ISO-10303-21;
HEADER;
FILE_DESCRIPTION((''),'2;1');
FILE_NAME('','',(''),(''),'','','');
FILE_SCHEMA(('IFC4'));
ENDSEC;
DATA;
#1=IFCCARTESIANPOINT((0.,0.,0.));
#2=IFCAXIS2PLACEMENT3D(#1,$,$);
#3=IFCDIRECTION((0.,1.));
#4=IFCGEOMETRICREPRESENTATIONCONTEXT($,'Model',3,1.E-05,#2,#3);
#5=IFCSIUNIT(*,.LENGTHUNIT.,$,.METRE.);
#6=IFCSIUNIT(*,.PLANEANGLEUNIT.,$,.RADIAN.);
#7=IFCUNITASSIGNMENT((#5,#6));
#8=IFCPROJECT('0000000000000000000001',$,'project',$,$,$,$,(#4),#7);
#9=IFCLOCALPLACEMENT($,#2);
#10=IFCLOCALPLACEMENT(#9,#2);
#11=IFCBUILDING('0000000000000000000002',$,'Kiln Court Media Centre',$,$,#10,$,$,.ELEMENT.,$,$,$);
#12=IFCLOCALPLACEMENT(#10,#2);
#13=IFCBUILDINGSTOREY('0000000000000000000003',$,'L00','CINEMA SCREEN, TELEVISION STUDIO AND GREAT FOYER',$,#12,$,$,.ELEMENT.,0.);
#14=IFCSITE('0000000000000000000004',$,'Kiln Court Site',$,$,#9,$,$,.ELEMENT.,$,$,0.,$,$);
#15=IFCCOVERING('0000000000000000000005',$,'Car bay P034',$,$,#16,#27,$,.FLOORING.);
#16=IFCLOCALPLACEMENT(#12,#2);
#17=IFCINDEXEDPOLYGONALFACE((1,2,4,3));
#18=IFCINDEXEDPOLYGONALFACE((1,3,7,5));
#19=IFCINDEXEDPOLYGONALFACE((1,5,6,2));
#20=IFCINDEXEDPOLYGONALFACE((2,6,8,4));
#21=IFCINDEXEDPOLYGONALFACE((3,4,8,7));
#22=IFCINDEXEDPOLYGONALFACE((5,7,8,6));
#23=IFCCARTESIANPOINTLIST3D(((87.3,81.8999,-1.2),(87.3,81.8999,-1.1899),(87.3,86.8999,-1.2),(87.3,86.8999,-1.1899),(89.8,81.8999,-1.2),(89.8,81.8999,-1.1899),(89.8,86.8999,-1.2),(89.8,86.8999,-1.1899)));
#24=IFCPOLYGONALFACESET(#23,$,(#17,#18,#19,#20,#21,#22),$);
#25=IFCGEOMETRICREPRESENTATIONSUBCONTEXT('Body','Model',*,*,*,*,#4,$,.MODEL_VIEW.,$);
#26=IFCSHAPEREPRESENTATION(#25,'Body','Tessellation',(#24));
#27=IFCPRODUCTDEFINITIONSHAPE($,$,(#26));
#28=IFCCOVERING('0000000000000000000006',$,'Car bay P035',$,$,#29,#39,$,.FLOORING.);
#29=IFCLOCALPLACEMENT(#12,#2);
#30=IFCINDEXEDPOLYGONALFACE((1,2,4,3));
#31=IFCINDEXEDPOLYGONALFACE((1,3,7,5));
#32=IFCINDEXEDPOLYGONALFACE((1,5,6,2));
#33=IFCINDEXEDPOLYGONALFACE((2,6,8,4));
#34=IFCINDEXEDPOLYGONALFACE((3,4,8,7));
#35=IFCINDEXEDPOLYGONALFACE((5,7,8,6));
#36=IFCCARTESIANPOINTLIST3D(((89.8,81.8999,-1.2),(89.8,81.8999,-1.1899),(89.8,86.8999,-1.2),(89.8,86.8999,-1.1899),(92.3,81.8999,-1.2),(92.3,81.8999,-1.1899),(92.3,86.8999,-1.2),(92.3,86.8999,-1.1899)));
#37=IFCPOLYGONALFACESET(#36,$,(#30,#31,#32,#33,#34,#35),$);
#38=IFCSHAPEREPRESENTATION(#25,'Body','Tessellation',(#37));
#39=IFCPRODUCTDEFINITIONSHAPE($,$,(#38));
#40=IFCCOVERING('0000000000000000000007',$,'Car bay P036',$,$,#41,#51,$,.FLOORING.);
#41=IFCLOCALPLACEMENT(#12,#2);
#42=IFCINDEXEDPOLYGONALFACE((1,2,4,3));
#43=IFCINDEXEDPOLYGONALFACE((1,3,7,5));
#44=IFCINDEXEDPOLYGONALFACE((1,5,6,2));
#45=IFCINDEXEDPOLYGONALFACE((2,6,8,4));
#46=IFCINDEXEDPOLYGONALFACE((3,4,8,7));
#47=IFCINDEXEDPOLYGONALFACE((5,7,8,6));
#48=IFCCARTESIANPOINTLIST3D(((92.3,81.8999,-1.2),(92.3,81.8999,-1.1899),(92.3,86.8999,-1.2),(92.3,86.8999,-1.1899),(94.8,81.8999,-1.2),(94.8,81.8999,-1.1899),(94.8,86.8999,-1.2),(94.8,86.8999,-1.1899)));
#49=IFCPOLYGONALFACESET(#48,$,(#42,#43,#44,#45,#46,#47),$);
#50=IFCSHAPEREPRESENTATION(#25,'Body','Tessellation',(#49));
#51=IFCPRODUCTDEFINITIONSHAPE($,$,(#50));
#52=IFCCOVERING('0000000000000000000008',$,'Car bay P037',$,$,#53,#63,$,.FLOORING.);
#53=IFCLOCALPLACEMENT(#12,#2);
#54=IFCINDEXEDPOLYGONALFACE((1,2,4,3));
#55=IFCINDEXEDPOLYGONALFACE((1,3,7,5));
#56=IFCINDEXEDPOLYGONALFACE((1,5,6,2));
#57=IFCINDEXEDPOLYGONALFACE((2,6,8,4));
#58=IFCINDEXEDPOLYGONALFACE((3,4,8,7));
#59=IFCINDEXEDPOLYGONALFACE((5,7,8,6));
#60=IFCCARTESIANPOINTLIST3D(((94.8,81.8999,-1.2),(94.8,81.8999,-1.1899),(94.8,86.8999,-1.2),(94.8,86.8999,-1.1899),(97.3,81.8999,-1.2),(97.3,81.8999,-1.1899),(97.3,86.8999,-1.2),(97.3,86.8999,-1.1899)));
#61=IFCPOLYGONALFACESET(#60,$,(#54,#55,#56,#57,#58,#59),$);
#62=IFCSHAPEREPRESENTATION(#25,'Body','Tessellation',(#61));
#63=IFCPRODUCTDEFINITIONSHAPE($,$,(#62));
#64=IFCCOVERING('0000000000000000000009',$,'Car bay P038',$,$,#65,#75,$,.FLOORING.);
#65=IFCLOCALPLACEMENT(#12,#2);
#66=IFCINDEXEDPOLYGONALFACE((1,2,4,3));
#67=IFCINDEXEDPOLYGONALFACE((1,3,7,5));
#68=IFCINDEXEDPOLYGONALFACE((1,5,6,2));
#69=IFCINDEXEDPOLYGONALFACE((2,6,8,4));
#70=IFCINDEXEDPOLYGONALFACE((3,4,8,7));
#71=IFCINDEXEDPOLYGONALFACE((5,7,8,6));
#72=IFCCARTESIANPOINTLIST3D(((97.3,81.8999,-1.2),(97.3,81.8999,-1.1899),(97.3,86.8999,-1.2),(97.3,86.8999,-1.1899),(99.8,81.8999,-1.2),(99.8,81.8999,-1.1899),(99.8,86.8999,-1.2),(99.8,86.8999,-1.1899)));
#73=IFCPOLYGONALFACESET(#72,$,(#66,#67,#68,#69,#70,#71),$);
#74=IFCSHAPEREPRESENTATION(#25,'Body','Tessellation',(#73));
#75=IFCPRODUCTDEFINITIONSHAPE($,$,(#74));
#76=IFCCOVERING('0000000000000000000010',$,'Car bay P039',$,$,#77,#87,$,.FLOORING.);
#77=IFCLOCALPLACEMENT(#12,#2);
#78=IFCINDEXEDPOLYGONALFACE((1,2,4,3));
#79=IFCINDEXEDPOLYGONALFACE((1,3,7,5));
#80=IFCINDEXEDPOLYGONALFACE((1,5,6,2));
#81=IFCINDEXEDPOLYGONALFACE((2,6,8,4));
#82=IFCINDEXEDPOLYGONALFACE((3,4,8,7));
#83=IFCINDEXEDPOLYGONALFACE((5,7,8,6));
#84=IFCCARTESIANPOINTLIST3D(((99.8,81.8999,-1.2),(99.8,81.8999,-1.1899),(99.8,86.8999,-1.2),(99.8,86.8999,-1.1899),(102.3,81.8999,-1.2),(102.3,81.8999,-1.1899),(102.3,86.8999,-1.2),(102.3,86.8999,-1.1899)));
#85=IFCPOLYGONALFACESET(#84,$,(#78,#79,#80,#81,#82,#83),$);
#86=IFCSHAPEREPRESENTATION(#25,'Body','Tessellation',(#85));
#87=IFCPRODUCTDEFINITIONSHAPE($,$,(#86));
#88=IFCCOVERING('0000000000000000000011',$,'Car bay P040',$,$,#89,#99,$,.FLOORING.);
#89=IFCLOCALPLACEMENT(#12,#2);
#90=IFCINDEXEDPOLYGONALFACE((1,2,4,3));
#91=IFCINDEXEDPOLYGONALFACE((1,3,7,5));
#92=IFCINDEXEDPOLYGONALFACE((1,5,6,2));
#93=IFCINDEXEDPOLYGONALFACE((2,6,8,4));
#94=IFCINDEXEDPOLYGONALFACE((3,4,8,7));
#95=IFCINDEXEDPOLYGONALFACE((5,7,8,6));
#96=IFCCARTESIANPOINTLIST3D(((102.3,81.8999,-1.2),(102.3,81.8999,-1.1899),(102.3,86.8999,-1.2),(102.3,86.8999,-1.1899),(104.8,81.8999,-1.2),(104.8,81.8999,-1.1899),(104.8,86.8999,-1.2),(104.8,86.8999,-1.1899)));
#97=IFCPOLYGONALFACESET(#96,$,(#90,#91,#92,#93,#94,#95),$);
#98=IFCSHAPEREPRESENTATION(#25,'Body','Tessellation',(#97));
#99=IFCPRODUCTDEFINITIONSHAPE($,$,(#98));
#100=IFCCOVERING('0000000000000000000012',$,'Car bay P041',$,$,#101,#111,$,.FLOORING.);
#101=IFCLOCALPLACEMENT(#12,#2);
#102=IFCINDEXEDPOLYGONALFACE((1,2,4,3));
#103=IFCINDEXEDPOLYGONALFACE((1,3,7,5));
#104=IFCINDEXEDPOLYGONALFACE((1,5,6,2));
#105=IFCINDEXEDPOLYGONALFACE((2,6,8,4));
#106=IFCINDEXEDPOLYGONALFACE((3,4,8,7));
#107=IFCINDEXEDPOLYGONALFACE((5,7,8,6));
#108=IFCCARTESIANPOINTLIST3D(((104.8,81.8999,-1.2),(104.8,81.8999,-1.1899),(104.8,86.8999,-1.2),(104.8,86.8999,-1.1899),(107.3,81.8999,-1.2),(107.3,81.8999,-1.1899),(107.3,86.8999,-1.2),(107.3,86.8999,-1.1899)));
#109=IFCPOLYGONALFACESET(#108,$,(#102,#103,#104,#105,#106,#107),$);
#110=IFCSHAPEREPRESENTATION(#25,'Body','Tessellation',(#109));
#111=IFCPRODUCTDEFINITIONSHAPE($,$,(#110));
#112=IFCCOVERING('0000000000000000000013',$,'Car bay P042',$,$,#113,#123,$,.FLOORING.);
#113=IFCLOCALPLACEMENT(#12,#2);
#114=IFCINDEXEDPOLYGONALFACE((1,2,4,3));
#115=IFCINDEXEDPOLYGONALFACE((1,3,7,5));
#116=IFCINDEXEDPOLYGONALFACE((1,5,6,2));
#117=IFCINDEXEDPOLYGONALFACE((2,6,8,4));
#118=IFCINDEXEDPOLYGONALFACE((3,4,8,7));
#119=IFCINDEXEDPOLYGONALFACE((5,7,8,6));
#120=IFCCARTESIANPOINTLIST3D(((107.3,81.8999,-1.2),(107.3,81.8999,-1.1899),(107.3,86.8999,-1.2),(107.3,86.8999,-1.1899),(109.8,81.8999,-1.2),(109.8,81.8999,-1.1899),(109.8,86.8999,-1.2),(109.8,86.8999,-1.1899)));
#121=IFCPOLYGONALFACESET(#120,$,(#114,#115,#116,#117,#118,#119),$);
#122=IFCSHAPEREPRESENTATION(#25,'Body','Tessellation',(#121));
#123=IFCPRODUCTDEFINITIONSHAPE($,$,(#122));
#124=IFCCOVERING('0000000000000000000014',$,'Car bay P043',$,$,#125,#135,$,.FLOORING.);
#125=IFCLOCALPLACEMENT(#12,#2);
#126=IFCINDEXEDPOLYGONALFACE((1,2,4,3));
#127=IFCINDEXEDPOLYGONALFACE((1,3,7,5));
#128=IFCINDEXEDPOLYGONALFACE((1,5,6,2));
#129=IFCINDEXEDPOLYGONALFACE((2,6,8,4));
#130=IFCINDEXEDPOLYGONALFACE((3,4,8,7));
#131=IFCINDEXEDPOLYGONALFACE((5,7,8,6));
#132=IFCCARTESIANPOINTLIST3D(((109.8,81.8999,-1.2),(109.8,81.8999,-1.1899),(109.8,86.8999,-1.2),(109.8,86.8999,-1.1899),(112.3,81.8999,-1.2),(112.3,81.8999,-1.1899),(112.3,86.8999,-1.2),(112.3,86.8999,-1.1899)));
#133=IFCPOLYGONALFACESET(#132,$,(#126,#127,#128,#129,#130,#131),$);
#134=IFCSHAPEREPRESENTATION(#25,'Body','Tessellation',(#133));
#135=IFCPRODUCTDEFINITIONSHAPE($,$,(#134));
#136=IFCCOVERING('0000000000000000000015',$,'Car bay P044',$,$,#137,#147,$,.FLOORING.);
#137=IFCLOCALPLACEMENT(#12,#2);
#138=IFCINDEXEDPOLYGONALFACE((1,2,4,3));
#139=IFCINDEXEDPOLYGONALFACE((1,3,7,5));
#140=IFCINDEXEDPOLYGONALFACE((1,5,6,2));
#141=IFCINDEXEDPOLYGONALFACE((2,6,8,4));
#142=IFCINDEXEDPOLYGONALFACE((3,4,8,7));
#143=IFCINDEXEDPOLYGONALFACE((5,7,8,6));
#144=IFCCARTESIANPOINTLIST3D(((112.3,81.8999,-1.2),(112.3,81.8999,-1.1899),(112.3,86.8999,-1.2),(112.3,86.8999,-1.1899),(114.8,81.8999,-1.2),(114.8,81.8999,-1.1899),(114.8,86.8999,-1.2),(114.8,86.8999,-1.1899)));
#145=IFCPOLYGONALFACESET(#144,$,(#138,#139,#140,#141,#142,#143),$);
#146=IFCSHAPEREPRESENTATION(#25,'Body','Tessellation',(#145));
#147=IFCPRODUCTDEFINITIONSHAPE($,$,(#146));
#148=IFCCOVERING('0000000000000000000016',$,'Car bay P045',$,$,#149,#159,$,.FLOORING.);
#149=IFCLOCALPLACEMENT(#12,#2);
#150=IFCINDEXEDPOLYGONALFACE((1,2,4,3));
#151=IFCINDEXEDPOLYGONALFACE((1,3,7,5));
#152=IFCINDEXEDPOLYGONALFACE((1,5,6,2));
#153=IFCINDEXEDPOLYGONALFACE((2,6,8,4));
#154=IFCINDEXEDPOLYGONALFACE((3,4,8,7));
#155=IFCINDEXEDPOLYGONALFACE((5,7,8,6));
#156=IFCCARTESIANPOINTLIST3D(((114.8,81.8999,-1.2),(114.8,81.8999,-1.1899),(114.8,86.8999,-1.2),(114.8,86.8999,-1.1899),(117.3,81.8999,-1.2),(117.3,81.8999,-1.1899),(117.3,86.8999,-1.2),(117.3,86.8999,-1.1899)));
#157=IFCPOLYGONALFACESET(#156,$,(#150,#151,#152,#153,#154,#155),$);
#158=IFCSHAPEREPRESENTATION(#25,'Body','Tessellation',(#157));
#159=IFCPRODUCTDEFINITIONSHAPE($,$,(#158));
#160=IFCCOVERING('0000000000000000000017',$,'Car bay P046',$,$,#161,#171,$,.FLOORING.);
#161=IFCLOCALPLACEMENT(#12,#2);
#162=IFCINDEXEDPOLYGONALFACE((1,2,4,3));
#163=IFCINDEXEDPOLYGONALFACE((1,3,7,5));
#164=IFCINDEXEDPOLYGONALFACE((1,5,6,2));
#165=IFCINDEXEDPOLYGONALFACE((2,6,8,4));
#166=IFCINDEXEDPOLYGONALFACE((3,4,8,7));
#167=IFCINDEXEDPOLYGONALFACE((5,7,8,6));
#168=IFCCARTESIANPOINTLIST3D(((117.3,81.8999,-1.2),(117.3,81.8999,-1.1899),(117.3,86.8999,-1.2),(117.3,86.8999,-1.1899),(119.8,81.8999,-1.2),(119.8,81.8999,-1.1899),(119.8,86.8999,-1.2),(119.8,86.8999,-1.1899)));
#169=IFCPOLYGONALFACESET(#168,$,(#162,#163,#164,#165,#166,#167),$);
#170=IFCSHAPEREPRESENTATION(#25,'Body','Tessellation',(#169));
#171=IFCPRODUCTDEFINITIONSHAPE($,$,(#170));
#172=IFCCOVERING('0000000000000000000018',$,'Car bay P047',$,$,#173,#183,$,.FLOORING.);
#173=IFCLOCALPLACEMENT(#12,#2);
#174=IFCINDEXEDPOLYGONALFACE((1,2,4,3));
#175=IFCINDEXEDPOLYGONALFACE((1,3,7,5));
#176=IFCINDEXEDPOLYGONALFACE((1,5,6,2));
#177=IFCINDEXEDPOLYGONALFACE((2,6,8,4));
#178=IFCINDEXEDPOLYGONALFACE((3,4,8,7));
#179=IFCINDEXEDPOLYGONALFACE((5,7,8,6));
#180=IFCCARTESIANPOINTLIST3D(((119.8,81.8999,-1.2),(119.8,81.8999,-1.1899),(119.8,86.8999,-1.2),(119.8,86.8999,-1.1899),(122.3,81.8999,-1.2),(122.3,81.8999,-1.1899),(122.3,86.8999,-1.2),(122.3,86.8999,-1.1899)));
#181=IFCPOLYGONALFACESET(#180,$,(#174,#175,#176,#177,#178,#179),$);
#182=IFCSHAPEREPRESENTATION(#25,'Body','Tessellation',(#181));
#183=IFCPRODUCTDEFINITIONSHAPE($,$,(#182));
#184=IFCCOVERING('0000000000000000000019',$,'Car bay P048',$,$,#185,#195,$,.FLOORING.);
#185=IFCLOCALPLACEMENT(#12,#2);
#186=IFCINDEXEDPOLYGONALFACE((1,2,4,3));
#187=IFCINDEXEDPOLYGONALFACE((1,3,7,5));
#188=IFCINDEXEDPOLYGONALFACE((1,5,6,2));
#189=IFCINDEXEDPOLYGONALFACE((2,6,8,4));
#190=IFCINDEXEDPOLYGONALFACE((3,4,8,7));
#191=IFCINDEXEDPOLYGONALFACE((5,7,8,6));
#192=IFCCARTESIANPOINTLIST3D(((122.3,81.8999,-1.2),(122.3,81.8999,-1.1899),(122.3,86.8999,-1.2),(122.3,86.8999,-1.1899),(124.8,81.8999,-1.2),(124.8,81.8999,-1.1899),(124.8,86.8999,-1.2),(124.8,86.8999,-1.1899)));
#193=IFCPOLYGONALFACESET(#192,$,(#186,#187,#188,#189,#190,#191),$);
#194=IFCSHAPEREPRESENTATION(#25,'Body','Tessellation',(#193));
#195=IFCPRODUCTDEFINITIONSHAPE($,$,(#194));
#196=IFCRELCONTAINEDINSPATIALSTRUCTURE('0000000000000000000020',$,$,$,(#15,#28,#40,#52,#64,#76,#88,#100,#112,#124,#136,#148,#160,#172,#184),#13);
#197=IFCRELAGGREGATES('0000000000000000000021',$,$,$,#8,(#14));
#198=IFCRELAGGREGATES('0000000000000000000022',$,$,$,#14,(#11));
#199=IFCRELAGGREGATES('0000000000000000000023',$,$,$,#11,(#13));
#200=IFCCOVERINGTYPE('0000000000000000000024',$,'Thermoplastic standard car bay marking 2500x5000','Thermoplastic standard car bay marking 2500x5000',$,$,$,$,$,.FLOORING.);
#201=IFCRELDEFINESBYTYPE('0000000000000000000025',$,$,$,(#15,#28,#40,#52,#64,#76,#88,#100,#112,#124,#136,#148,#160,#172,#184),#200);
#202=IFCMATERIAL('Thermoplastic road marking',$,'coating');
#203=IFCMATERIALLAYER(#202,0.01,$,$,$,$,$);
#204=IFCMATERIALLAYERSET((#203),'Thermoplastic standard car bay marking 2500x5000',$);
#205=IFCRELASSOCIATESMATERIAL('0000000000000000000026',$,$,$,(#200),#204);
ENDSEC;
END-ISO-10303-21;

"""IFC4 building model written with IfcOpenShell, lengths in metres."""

from ifc_helpers import new_model, si_unit, direction, frame, origin, place, context, subcontext, project, spatial, polyline, outline, extrude, material, layer, layer_set, type_object, element, save


model = new_model("IFC4")

# Units and contexts
model_context = context("Model", 3, precision=1e-05, world=origin(), true_north=direction((0.0, 1.0)))
body_context = subcontext(model_context, "Body", "Model", "MODEL_VIEW")
ifc_project = project(units=[si_unit("LENGTHUNIT", "METRE"), si_unit("PLANEANGLEUNIT", "RADIAN")], contexts=[model_context])

# Site, building, storey
site_placement = place(None, origin())
site = spatial("IfcSite", under=ifc_project, at=site_placement, Name="Kiln Court Site", CompositionType="ELEMENT", RefElevation=0.0)
building_placement = place(site_placement, origin())
building = spatial("IfcBuilding", under=site, at=building_placement, Name="Kiln Court Media Centre", CompositionType="ELEMENT")
storey_placement = place(building_placement, origin())
storey = spatial("IfcBuildingStorey", under=building, at=storey_placement, Name="L00", Description="CINEMA SCREEN, TELEVISION STUDIO AND GREAT FOYER", CompositionType="ELEMENT", Elevation=0.0)

# Coverings
ifc_material = material(Name="Thermoplastic road marking", Category="coating")
ifc_layer = layer(ifc_material, 0.01)
ifc_layer_set = layer_set([ifc_layer], Name="Thermoplastic standard car bay marking 2500x5000")
covering_type = type_object("IfcCoveringType", Name="Thermoplastic standard car bay marking 2500x5000", Description="Thermoplastic standard car bay marking 2500x5000", PredefinedType="FLOORING", material=ifc_layer_set)
covering_1_placement = place(storey_placement, frame((0.0, 0.0, -1.2)))
element("IfcCovering", 1, at=covering_1_placement, inside=storey, type_object=covering_type, Name="Car bay P034", PredefinedType="FLOORING", context=body_context, shape_type="SweptSolid", body=[
    extrude(outline(polyline([(87.3, 81.8999), (89.8, 81.8999), (89.8, 86.8999), (87.3, 86.8999), (87.3, 81.8999)])), origin(), (0.0, 0.0, 1.0), 0.01),
])
covering_2_placement = place(storey_placement, frame((0.0, 0.0, -1.2)))
element("IfcCovering", 2, at=covering_2_placement, inside=storey, type_object=covering_type, Name="Car bay P035", PredefinedType="FLOORING", context=body_context, shape_type="SweptSolid", body=[
    extrude(outline(polyline([(89.8, 81.8999), (92.3, 81.8999), (92.3, 86.8999), (89.8, 86.8999), (89.8, 81.8999)])), origin(), (0.0, 0.0, 1.0), 0.01),
])
covering_3_placement = place(storey_placement, frame((0.0, 0.0, -1.2)))
element("IfcCovering", 3, at=covering_3_placement, inside=storey, type_object=covering_type, Name="Car bay P036", PredefinedType="FLOORING", context=body_context, shape_type="SweptSolid", body=[
    extrude(outline(polyline([(92.3, 81.8999), (94.8, 81.8999), (94.8, 86.8999), (92.3, 86.8999), (92.3, 81.8999)])), origin(), (0.0, 0.0, 1.0), 0.01),
])
covering_4_placement = place(storey_placement, frame((0.0, 0.0, -1.2)))
element("IfcCovering", 4, at=covering_4_placement, inside=storey, type_object=covering_type, Name="Car bay P037", PredefinedType="FLOORING", context=body_context, shape_type="SweptSolid", body=[
    extrude(outline(polyline([(94.8, 81.8999), (97.3, 81.8999), (97.3, 86.8999), (94.8, 86.8999), (94.8, 81.8999)])), origin(), (0.0, 0.0, 1.0), 0.01),
])
covering_5_placement = place(storey_placement, frame((0.0, 0.0, -1.2)))
element("IfcCovering", 5, at=covering_5_placement, inside=storey, type_object=covering_type, Name="Car bay P038", PredefinedType="FLOORING", context=body_context, shape_type="SweptSolid", body=[
    extrude(outline(polyline([(97.3, 81.8999), (99.8, 81.8999), (99.8, 86.8999), (97.3, 86.8999), (97.3, 81.8999)])), origin(), (0.0, 0.0, 1.0), 0.01),
])
covering_6_placement = place(storey_placement, frame((0.0, 0.0, -1.2)))
element("IfcCovering", 6, at=covering_6_placement, inside=storey, type_object=covering_type, Name="Car bay P039", PredefinedType="FLOORING", context=body_context, shape_type="SweptSolid", body=[
    extrude(outline(polyline([(99.8, 81.8999), (102.3, 81.8999), (102.3, 86.8999), (99.8, 86.8999), (99.8, 81.8999)])), origin(), (0.0, 0.0, 1.0), 0.01),
])
covering_7_placement = place(storey_placement, frame((0.0, 0.0, -1.2)))
element("IfcCovering", 7, at=covering_7_placement, inside=storey, type_object=covering_type, Name="Car bay P040", PredefinedType="FLOORING", context=body_context, shape_type="SweptSolid", body=[
    extrude(outline(polyline([(102.3, 81.8999), (104.8, 81.8999), (104.8, 86.8999), (102.3, 86.8999), (102.3, 81.8999)])), origin(), (0.0, 0.0, 1.0), 0.01),
])
covering_8_placement = place(storey_placement, frame((0.0, 0.0, -1.2)))
element("IfcCovering", 8, at=covering_8_placement, inside=storey, type_object=covering_type, Name="Car bay P041", PredefinedType="FLOORING", context=body_context, shape_type="SweptSolid", body=[
    extrude(outline(polyline([(104.8, 81.8999), (107.3, 81.8999), (107.3, 86.8999), (104.8, 86.8999), (104.8, 81.8999)])), origin(), (0.0, 0.0, 1.0), 0.01),
])
covering_9_placement = place(storey_placement, frame((0.0, 0.0, -1.2)))
element("IfcCovering", 9, at=covering_9_placement, inside=storey, type_object=covering_type, Name="Car bay P042", PredefinedType="FLOORING", context=body_context, shape_type="SweptSolid", body=[
    extrude(outline(polyline([(107.3, 81.8999), (109.8, 81.8999), (109.8, 86.8999), (107.3, 86.8999), (107.3, 81.8999)])), origin(), (0.0, 0.0, 1.0), 0.01),
])
covering_10_placement = place(storey_placement, frame((0.0, 0.0, -1.2)))
element("IfcCovering", 10, at=covering_10_placement, inside=storey, type_object=covering_type, Name="Car bay P043", PredefinedType="FLOORING", context=body_context, shape_type="SweptSolid", body=[
    extrude(outline(polyline([(109.8, 81.8999), (112.3, 81.8999), (112.3, 86.8999), (109.8, 86.8999), (109.8, 81.8999)])), origin(), (0.0, 0.0, 1.0), 0.01),
])
covering_11_placement = place(storey_placement, frame((0.0, 0.0, -1.2)))
element("IfcCovering", 11, at=covering_11_placement, inside=storey, type_object=covering_type, Name="Car bay P044", PredefinedType="FLOORING", context=body_context, shape_type="SweptSolid", body=[
    extrude(outline(polyline([(112.3, 81.8999), (114.8, 81.8999), (114.8, 86.8999), (112.3, 86.8999), (112.3, 81.8999)])), origin(), (0.0, 0.0, 1.0), 0.01),
])
covering_12_placement = place(storey_placement, frame((0.0, 0.0, -1.2)))
element("IfcCovering", 12, at=covering_12_placement, inside=storey, type_object=covering_type, Name="Car bay P045", PredefinedType="FLOORING", context=body_context, shape_type="SweptSolid", body=[
    extrude(outline(polyline([(114.8, 81.8999), (117.3, 81.8999), (117.3, 86.8999), (114.8, 86.8999), (114.8, 81.8999)])), origin(), (0.0, 0.0, 1.0), 0.01),
])
covering_13_placement = place(storey_placement, frame((0.0, 0.0, -1.2)))
element("IfcCovering", 13, at=covering_13_placement, inside=storey, type_object=covering_type, Name="Car bay P046", PredefinedType="FLOORING", context=body_context, shape_type="SweptSolid", body=[
    extrude(outline(polyline([(117.3, 81.8999), (119.8, 81.8999), (119.8, 86.8999), (117.3, 86.8999), (117.3, 81.8999)])), origin(), (0.0, 0.0, 1.0), 0.01),
])
covering_14_placement = place(storey_placement, frame((0.0, 0.0, -1.2)))
element("IfcCovering", 14, at=covering_14_placement, inside=storey, type_object=covering_type, Name="Car bay P047", PredefinedType="FLOORING", context=body_context, shape_type="SweptSolid", body=[
    extrude(outline(polyline([(119.8, 81.8999), (122.3, 81.8999), (122.3, 86.8999), (119.8, 86.8999), (119.8, 81.8999)])), origin(), (0.0, 0.0, 1.0), 0.01),
])
covering_15_placement = place(storey_placement, frame((0.0, 0.0, -1.2)))
element("IfcCovering", 15, at=covering_15_placement, inside=storey, type_object=covering_type, Name="Car bay P048", PredefinedType="FLOORING", context=body_context, shape_type="SweptSolid", body=[
    extrude(outline(polyline([(122.3, 81.8999), (124.8, 81.8999), (124.8, 86.8999), (122.3, 86.8999), (122.3, 81.8999)])), origin(), (0.0, 0.0, 1.0), 0.01),
])

save(model, "model.ifc")
